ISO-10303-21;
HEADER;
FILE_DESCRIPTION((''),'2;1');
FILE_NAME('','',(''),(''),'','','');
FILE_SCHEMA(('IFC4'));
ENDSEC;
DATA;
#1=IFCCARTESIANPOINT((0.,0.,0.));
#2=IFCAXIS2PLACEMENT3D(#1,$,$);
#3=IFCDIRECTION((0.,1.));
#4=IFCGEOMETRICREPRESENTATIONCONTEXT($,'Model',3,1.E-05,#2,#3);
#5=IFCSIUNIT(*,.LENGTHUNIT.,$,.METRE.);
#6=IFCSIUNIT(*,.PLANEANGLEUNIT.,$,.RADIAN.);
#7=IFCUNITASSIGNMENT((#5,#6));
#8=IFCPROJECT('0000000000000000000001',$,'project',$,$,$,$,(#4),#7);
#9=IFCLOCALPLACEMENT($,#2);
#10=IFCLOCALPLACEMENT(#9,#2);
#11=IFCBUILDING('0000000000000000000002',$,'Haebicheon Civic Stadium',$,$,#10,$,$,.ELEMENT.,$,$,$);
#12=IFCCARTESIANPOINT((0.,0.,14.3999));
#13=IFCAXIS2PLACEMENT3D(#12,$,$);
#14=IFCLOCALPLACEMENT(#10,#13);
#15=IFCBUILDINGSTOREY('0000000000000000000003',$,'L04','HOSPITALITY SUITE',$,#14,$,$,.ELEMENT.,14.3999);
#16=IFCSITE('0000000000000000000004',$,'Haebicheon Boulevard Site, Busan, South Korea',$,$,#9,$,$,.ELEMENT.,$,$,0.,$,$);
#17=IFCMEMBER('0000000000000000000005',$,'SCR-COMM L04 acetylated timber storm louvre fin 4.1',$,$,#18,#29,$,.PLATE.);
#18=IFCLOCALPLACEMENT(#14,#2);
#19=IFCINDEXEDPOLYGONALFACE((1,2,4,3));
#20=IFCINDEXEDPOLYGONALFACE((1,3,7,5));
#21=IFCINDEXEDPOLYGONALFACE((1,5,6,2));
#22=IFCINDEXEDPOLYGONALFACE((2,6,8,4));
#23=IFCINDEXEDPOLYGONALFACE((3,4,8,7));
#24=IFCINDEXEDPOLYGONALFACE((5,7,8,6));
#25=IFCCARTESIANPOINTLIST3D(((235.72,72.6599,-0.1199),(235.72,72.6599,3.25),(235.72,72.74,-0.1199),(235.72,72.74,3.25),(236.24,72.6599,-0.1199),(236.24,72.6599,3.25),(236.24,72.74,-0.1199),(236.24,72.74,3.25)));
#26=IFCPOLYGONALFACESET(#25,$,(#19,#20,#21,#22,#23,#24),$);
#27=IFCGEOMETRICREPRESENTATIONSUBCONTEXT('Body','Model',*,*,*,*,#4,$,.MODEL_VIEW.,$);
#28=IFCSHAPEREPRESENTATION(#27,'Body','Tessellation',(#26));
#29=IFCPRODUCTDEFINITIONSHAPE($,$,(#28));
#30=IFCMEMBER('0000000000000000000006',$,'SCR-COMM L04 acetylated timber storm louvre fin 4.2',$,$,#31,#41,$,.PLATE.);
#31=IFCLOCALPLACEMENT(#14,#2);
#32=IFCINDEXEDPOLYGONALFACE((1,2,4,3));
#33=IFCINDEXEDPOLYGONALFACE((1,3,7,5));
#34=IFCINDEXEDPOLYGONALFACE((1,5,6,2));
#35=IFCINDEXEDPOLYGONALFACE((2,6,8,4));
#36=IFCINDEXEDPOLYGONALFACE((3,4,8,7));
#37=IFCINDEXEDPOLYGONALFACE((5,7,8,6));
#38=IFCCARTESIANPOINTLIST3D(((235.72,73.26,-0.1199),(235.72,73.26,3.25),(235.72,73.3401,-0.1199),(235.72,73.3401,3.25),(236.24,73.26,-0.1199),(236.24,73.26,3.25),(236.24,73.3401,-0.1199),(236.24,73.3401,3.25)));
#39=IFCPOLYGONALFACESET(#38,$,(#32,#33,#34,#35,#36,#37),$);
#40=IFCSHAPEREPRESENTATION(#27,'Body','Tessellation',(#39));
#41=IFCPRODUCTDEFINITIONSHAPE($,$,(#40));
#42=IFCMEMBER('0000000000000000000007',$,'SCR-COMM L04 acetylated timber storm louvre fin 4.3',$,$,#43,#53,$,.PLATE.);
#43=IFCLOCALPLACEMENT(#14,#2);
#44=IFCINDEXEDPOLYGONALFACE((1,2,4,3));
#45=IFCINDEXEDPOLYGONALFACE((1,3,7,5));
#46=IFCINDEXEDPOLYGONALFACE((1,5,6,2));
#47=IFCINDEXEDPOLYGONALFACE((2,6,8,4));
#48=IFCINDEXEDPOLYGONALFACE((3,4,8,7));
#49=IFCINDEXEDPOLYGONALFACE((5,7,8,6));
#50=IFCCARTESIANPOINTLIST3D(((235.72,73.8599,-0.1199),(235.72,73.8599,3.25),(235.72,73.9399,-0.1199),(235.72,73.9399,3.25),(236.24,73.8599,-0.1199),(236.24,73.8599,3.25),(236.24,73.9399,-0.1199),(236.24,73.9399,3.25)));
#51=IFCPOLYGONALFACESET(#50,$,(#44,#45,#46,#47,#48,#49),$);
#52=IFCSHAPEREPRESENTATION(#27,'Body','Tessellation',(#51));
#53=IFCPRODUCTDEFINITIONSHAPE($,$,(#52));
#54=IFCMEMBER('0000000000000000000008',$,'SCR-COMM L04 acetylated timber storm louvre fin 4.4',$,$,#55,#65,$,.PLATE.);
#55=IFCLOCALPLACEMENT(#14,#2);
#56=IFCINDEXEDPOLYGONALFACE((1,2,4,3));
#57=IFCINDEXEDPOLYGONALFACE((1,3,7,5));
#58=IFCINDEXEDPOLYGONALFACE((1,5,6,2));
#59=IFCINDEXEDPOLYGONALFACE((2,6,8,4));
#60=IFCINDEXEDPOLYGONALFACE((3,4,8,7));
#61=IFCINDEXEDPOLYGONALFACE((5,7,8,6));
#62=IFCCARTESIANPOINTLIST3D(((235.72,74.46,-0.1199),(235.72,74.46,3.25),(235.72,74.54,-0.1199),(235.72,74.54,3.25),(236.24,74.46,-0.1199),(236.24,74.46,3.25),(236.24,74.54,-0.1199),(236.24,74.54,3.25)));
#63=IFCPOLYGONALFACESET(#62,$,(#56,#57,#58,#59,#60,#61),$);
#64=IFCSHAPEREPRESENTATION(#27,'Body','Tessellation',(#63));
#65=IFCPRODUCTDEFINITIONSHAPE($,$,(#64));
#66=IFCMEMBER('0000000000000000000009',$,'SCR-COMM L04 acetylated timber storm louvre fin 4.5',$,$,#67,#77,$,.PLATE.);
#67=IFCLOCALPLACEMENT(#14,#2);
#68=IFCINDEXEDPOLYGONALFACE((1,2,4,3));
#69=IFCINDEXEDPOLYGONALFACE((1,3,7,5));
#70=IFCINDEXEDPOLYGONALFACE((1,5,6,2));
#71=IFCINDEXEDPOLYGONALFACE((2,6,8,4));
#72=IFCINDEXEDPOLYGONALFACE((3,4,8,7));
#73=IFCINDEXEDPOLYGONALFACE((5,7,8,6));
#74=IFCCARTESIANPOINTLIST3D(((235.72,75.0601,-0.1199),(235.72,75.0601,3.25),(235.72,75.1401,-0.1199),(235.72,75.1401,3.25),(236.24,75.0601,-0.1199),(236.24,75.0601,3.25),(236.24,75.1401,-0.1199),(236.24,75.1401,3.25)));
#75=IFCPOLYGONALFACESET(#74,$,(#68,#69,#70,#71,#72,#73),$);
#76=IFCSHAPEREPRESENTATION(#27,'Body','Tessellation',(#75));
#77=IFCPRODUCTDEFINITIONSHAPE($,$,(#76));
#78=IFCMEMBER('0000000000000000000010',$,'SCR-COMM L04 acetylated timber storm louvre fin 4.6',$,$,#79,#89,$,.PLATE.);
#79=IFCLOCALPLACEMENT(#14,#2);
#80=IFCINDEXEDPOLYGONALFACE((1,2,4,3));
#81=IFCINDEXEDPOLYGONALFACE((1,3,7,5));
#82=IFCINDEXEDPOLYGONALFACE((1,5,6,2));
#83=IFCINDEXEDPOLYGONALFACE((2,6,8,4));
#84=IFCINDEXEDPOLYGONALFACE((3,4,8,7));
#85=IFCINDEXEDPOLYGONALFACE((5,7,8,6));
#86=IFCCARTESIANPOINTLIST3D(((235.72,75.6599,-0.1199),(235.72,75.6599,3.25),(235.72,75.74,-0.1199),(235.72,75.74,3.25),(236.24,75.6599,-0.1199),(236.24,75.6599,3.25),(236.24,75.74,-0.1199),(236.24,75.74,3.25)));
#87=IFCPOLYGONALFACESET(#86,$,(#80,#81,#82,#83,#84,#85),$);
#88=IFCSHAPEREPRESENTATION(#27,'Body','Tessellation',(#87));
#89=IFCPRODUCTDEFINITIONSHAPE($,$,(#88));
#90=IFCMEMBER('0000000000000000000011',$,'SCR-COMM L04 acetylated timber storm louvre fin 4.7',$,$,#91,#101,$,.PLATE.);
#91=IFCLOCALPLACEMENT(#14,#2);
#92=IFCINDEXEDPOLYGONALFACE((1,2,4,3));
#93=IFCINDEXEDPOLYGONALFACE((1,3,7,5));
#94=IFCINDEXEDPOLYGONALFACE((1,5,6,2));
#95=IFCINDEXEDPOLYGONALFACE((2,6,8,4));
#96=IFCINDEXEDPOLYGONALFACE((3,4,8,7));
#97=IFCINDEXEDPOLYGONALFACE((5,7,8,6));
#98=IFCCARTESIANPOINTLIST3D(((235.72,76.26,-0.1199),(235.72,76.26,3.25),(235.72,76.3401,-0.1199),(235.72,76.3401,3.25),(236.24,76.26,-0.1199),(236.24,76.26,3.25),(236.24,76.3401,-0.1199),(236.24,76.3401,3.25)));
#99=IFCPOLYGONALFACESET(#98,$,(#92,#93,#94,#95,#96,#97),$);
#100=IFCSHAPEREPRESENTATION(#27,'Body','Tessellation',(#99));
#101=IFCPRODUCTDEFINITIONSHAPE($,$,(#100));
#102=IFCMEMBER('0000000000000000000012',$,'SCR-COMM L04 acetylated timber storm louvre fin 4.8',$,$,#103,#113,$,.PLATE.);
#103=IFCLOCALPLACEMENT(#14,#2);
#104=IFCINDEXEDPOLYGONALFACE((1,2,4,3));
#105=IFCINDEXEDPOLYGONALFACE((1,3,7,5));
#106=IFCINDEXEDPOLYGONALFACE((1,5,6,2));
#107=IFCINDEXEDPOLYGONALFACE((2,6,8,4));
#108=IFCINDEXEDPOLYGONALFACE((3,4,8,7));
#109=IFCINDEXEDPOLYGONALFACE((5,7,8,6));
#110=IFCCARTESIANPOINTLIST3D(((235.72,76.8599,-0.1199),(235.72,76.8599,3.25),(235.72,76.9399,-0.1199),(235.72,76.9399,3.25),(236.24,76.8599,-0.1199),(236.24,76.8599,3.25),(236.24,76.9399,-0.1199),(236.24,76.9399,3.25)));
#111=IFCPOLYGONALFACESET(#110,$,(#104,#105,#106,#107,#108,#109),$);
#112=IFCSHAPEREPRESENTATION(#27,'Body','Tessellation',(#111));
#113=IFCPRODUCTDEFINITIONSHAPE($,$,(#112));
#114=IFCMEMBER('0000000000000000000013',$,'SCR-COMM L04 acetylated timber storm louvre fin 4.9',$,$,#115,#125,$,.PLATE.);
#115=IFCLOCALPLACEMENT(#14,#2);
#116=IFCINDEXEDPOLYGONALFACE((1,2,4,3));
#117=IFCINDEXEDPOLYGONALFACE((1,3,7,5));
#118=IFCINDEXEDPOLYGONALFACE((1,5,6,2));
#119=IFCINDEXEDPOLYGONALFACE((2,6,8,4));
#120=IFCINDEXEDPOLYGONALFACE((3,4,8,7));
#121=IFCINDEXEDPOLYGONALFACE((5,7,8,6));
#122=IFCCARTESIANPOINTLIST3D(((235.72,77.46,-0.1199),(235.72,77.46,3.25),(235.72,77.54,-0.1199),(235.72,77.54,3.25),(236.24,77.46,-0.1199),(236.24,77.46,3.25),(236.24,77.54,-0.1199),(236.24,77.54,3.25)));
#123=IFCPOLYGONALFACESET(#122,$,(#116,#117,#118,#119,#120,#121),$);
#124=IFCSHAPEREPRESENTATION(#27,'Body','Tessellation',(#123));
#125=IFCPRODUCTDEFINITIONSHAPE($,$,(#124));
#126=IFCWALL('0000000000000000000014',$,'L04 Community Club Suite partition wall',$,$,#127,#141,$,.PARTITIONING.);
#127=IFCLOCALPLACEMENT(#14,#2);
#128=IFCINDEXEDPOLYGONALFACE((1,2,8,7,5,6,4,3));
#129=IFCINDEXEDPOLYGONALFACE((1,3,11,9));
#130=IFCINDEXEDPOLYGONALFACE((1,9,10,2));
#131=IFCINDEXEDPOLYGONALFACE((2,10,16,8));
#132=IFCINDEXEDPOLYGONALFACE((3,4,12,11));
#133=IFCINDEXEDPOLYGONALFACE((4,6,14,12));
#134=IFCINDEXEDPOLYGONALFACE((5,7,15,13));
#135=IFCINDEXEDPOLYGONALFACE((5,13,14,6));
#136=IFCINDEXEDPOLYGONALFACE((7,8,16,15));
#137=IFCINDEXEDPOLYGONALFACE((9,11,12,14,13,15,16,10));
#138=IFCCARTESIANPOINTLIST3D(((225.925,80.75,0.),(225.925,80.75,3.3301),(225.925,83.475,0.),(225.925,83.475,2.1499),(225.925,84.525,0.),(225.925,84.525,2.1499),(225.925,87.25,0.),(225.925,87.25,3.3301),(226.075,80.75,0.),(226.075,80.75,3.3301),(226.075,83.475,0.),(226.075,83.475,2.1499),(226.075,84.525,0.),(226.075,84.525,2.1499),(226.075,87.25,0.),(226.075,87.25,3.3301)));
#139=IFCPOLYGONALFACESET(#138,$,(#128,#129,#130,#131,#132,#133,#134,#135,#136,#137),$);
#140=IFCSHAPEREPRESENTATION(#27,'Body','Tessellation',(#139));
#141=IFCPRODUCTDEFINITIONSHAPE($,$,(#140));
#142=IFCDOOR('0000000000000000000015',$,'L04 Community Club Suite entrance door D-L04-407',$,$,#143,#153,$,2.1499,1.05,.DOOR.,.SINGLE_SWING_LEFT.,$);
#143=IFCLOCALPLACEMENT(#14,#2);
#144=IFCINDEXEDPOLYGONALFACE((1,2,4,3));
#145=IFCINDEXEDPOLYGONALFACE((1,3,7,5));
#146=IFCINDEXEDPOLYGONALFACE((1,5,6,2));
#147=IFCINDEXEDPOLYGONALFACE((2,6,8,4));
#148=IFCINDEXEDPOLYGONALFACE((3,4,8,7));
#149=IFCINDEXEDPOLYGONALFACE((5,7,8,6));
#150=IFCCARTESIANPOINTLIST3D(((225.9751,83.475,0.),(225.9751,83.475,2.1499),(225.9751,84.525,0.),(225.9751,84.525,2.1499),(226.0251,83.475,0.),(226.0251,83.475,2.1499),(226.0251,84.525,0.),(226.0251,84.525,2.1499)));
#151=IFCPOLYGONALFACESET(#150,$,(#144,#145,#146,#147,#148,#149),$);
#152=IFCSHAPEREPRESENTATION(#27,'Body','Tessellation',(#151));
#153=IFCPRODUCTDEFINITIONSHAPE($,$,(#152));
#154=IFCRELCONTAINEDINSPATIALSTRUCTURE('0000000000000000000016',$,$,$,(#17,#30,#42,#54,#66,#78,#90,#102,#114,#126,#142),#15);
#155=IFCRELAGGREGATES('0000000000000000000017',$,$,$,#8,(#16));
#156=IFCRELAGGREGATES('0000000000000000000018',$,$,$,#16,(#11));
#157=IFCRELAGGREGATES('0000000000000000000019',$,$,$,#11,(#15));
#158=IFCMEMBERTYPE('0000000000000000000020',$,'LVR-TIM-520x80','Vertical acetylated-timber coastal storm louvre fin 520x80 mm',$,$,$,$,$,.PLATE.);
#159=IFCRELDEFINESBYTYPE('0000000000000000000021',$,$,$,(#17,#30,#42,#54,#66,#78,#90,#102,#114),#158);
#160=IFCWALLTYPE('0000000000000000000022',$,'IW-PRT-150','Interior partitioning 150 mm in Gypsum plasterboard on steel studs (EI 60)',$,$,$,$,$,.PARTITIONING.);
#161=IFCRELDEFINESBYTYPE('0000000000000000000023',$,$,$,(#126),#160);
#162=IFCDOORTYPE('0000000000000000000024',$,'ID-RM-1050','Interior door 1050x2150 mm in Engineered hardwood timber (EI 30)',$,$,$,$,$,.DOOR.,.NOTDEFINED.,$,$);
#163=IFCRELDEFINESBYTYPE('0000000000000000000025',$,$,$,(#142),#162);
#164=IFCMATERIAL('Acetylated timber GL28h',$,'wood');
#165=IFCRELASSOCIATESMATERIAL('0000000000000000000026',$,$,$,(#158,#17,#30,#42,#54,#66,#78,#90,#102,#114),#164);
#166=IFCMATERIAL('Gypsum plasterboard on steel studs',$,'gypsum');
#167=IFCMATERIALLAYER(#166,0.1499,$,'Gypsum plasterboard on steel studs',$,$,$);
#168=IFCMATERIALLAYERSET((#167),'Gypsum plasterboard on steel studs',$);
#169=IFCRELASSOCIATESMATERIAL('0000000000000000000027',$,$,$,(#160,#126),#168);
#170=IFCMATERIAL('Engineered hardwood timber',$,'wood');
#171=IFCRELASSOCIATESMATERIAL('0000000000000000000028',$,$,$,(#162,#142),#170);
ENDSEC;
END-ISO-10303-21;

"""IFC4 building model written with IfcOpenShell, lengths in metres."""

from ifc_helpers import new_model, si_unit, direction, frame, frame_2d, origin, origin_2d, place, context, subcontext, project, spatial, rectangle, extrude, material, layer, layer_set, material_profile, profile_set, type_object, element, fill, save


model = new_model("IFC4")

# Units and contexts
model_context = context("Model", 3, precision=1e-05, world=origin(), true_north=direction((0.0, 1.0)))
body_context = subcontext(model_context, "Body", "Model", "MODEL_VIEW")
ifc_project = project(units=[si_unit("LENGTHUNIT", "METRE"), si_unit("PLANEANGLEUNIT", "RADIAN")], contexts=[model_context])

# Site, building, storey
site_placement = place(None, origin())
site = spatial("IfcSite", under=ifc_project, at=site_placement, Name="Haebicheon Boulevard Site, Busan, South Korea", CompositionType="ELEMENT", RefElevation=0.0)
building_placement = place(site_placement, origin())
building = spatial("IfcBuilding", under=site, at=building_placement, Name="Haebicheon Civic Stadium", CompositionType="ELEMENT")
storey_placement = place(building_placement, frame((0.0, 0.0, 14.3999)))
storey = spatial("IfcBuildingStorey", under=building, at=storey_placement, Name="L04", Description="HOSPITALITY SUITE", CompositionType="ELEMENT", Elevation=14.3999)

# Members
ifc_material_1 = material(Name="Acetylated timber GL28h", Category="wood")
ifc_material_profile_1 = material_profile(ifc_material_1, rectangle(XDim=0.0801, YDim=0.52, at=origin_2d()), Name="TMB-LOUV-80x520")
ifc_profile_set_1 = profile_set([ifc_material_profile_1], Name="Acetylated timber GL28h")
member_type = type_object("IfcMemberType", Name="LVR-TIM-520x80", Description="Vertical acetylated-timber coastal storm louvre fin 520x80 mm", PredefinedType="PLATE", material=ifc_profile_set_1)
for number, where, z_axis, x_axis, name in (
    (1, (235.98, 72.7, -0.1199), (0.0, 0.0, 1.0), (0.0, 1.0, 0.0), "SCR-COMM L04 acetylated timber storm louvre fin 4.1"),
    (2, (235.98, 73.3, -0.1199), (0.0, 0.0, 1.0), (0.0, 1.0, 0.0), "SCR-COMM L04 acetylated timber storm louvre fin 4.2"),
    (3, (235.98, 73.8999, -0.1199), (0.0, 0.0, 1.0), (0.0, 1.0, 0.0), "SCR-COMM L04 acetylated timber storm louvre fin 4.3"),
    (4, (235.98, 74.5, -0.1199), (0.0, 0.0, 1.0), (0.0, 1.0, 0.0), "SCR-COMM L04 acetylated timber storm louvre fin 4.4"),
    (5, (235.98, 75.1001, -0.1199), (0.0, 0.0, 1.0), (0.0, 1.0, 0.0), "SCR-COMM L04 acetylated timber storm louvre fin 4.5"),
    (6, (235.98, 75.7, -0.1199), (0.0, 0.0, 1.0), (0.0, 1.0, 0.0), "SCR-COMM L04 acetylated timber storm louvre fin 4.6"),
    (7, (235.98, 76.3, -0.1199), (0.0, 0.0, 1.0), (0.0, 1.0, 0.0), "SCR-COMM L04 acetylated timber storm louvre fin 4.7"),
    (8, (235.98, 76.8999, -0.1199), (0.0, 0.0, 1.0), (0.0, 1.0, 0.0), "SCR-COMM L04 acetylated timber storm louvre fin 4.8"),
    (9, (235.98, 77.5, -0.1199), (0.0, 0.0, 1.0), (0.0, 1.0, 0.0), "SCR-COMM L04 acetylated timber storm louvre fin 4.9"),
):
    element("IfcMember", number, at=place(storey_placement, frame(where, z_axis=z_axis, x_axis=x_axis)), inside=storey, type_object=member_type, material=ifc_profile_set_1, Name=name, PredefinedType="PLATE", context=body_context, shape_type="SweptSolid", body=[
        extrude(rectangle(XDim=0.0801, YDim=0.52, at=origin_2d()), origin(), (0.0, 0.0, 1.0), 3.3699),
    ])

# Wall, opening, door
ifc_material_2 = material(Name="Gypsum plasterboard on steel studs", Category="gypsum")
ifc_layer = layer(ifc_material_2, 0.1499, Name="Gypsum plasterboard on steel studs")
ifc_layer_set = layer_set([ifc_layer], Name="Gypsum plasterboard on steel studs")
wall_type = type_object("IfcWallType", Name="IW-PRT-150", Description="Interior partitioning 150 mm in Gypsum plasterboard on steel studs (EI 60)", PredefinedType="PARTITIONING", material=ifc_layer_set)
wall_placement = place(storey_placement, frame((226.0, 80.75, 0.0), z_axis=(0.0, 0.0, 1.0), x_axis=(0.0, 1.0, 0.0)))
wall = element("IfcWall", 10, at=wall_placement, inside=storey, type_object=wall_type, material=ifc_layer_set, Name="L04 Community Club Suite partition wall", PredefinedType="PARTITIONING", context=body_context, shape_type="SweptSolid", body=[
    extrude(rectangle(XDim=6.5, YDim=0.1499, at=frame_2d((3.25, 0.0))), origin(), (0.0, 0.0, 1.0), 3.3301),
])
opening_placement = place(wall_placement, frame((2.7251, 0.0, 0.0)))
opening = element("IfcOpeningElement", 11, at=opening_placement, cuts=wall, PredefinedType="OPENING", context=body_context, shape_type="SweptSolid", body=[
    extrude(rectangle(XDim=1.05, YDim=2.1499, at=frame_2d((0.5249, 1.075))), frame((0.0, 0.085, 0.0), z_axis=(0.0, -1.0, 0.0), x_axis=(1.0, 0.0, 0.0)), (0.0, 0.0, 1.0), 0.1699),
])
ifc_material_3 = material(Name="Engineered hardwood timber", Category="wood")
door_type = type_object("IfcDoorType", Name="ID-RM-1050", Description="Interior door 1050x2150 mm in Engineered hardwood timber (EI 30)", OperationType="NOTDEFINED", PredefinedType="DOOR", material=ifc_material_3)
door_placement = place(opening_placement, origin())
door = element("IfcDoor", 12, at=door_placement, inside=storey, type_object=door_type, material=ifc_material_3, Name="L04 Community Club Suite entrance door D-L04-407", OperationType="SINGLE_SWING_LEFT", OverallHeight=2.1499, OverallWidth=1.05, PredefinedType="DOOR", context=body_context, shape_type="SweptSolid", body=[
    extrude(rectangle(XDim=1.05, YDim=2.1499, at=frame_2d((0.5249, 1.075))), frame((0.0, 0.0249, 0.0), z_axis=(0.0, -1.0, 0.0), x_axis=(1.0, 0.0, 0.0)), (0.0, 0.0, 1.0), 0.05),
])
fill(opening, door)

save(model, "model.ifc")
